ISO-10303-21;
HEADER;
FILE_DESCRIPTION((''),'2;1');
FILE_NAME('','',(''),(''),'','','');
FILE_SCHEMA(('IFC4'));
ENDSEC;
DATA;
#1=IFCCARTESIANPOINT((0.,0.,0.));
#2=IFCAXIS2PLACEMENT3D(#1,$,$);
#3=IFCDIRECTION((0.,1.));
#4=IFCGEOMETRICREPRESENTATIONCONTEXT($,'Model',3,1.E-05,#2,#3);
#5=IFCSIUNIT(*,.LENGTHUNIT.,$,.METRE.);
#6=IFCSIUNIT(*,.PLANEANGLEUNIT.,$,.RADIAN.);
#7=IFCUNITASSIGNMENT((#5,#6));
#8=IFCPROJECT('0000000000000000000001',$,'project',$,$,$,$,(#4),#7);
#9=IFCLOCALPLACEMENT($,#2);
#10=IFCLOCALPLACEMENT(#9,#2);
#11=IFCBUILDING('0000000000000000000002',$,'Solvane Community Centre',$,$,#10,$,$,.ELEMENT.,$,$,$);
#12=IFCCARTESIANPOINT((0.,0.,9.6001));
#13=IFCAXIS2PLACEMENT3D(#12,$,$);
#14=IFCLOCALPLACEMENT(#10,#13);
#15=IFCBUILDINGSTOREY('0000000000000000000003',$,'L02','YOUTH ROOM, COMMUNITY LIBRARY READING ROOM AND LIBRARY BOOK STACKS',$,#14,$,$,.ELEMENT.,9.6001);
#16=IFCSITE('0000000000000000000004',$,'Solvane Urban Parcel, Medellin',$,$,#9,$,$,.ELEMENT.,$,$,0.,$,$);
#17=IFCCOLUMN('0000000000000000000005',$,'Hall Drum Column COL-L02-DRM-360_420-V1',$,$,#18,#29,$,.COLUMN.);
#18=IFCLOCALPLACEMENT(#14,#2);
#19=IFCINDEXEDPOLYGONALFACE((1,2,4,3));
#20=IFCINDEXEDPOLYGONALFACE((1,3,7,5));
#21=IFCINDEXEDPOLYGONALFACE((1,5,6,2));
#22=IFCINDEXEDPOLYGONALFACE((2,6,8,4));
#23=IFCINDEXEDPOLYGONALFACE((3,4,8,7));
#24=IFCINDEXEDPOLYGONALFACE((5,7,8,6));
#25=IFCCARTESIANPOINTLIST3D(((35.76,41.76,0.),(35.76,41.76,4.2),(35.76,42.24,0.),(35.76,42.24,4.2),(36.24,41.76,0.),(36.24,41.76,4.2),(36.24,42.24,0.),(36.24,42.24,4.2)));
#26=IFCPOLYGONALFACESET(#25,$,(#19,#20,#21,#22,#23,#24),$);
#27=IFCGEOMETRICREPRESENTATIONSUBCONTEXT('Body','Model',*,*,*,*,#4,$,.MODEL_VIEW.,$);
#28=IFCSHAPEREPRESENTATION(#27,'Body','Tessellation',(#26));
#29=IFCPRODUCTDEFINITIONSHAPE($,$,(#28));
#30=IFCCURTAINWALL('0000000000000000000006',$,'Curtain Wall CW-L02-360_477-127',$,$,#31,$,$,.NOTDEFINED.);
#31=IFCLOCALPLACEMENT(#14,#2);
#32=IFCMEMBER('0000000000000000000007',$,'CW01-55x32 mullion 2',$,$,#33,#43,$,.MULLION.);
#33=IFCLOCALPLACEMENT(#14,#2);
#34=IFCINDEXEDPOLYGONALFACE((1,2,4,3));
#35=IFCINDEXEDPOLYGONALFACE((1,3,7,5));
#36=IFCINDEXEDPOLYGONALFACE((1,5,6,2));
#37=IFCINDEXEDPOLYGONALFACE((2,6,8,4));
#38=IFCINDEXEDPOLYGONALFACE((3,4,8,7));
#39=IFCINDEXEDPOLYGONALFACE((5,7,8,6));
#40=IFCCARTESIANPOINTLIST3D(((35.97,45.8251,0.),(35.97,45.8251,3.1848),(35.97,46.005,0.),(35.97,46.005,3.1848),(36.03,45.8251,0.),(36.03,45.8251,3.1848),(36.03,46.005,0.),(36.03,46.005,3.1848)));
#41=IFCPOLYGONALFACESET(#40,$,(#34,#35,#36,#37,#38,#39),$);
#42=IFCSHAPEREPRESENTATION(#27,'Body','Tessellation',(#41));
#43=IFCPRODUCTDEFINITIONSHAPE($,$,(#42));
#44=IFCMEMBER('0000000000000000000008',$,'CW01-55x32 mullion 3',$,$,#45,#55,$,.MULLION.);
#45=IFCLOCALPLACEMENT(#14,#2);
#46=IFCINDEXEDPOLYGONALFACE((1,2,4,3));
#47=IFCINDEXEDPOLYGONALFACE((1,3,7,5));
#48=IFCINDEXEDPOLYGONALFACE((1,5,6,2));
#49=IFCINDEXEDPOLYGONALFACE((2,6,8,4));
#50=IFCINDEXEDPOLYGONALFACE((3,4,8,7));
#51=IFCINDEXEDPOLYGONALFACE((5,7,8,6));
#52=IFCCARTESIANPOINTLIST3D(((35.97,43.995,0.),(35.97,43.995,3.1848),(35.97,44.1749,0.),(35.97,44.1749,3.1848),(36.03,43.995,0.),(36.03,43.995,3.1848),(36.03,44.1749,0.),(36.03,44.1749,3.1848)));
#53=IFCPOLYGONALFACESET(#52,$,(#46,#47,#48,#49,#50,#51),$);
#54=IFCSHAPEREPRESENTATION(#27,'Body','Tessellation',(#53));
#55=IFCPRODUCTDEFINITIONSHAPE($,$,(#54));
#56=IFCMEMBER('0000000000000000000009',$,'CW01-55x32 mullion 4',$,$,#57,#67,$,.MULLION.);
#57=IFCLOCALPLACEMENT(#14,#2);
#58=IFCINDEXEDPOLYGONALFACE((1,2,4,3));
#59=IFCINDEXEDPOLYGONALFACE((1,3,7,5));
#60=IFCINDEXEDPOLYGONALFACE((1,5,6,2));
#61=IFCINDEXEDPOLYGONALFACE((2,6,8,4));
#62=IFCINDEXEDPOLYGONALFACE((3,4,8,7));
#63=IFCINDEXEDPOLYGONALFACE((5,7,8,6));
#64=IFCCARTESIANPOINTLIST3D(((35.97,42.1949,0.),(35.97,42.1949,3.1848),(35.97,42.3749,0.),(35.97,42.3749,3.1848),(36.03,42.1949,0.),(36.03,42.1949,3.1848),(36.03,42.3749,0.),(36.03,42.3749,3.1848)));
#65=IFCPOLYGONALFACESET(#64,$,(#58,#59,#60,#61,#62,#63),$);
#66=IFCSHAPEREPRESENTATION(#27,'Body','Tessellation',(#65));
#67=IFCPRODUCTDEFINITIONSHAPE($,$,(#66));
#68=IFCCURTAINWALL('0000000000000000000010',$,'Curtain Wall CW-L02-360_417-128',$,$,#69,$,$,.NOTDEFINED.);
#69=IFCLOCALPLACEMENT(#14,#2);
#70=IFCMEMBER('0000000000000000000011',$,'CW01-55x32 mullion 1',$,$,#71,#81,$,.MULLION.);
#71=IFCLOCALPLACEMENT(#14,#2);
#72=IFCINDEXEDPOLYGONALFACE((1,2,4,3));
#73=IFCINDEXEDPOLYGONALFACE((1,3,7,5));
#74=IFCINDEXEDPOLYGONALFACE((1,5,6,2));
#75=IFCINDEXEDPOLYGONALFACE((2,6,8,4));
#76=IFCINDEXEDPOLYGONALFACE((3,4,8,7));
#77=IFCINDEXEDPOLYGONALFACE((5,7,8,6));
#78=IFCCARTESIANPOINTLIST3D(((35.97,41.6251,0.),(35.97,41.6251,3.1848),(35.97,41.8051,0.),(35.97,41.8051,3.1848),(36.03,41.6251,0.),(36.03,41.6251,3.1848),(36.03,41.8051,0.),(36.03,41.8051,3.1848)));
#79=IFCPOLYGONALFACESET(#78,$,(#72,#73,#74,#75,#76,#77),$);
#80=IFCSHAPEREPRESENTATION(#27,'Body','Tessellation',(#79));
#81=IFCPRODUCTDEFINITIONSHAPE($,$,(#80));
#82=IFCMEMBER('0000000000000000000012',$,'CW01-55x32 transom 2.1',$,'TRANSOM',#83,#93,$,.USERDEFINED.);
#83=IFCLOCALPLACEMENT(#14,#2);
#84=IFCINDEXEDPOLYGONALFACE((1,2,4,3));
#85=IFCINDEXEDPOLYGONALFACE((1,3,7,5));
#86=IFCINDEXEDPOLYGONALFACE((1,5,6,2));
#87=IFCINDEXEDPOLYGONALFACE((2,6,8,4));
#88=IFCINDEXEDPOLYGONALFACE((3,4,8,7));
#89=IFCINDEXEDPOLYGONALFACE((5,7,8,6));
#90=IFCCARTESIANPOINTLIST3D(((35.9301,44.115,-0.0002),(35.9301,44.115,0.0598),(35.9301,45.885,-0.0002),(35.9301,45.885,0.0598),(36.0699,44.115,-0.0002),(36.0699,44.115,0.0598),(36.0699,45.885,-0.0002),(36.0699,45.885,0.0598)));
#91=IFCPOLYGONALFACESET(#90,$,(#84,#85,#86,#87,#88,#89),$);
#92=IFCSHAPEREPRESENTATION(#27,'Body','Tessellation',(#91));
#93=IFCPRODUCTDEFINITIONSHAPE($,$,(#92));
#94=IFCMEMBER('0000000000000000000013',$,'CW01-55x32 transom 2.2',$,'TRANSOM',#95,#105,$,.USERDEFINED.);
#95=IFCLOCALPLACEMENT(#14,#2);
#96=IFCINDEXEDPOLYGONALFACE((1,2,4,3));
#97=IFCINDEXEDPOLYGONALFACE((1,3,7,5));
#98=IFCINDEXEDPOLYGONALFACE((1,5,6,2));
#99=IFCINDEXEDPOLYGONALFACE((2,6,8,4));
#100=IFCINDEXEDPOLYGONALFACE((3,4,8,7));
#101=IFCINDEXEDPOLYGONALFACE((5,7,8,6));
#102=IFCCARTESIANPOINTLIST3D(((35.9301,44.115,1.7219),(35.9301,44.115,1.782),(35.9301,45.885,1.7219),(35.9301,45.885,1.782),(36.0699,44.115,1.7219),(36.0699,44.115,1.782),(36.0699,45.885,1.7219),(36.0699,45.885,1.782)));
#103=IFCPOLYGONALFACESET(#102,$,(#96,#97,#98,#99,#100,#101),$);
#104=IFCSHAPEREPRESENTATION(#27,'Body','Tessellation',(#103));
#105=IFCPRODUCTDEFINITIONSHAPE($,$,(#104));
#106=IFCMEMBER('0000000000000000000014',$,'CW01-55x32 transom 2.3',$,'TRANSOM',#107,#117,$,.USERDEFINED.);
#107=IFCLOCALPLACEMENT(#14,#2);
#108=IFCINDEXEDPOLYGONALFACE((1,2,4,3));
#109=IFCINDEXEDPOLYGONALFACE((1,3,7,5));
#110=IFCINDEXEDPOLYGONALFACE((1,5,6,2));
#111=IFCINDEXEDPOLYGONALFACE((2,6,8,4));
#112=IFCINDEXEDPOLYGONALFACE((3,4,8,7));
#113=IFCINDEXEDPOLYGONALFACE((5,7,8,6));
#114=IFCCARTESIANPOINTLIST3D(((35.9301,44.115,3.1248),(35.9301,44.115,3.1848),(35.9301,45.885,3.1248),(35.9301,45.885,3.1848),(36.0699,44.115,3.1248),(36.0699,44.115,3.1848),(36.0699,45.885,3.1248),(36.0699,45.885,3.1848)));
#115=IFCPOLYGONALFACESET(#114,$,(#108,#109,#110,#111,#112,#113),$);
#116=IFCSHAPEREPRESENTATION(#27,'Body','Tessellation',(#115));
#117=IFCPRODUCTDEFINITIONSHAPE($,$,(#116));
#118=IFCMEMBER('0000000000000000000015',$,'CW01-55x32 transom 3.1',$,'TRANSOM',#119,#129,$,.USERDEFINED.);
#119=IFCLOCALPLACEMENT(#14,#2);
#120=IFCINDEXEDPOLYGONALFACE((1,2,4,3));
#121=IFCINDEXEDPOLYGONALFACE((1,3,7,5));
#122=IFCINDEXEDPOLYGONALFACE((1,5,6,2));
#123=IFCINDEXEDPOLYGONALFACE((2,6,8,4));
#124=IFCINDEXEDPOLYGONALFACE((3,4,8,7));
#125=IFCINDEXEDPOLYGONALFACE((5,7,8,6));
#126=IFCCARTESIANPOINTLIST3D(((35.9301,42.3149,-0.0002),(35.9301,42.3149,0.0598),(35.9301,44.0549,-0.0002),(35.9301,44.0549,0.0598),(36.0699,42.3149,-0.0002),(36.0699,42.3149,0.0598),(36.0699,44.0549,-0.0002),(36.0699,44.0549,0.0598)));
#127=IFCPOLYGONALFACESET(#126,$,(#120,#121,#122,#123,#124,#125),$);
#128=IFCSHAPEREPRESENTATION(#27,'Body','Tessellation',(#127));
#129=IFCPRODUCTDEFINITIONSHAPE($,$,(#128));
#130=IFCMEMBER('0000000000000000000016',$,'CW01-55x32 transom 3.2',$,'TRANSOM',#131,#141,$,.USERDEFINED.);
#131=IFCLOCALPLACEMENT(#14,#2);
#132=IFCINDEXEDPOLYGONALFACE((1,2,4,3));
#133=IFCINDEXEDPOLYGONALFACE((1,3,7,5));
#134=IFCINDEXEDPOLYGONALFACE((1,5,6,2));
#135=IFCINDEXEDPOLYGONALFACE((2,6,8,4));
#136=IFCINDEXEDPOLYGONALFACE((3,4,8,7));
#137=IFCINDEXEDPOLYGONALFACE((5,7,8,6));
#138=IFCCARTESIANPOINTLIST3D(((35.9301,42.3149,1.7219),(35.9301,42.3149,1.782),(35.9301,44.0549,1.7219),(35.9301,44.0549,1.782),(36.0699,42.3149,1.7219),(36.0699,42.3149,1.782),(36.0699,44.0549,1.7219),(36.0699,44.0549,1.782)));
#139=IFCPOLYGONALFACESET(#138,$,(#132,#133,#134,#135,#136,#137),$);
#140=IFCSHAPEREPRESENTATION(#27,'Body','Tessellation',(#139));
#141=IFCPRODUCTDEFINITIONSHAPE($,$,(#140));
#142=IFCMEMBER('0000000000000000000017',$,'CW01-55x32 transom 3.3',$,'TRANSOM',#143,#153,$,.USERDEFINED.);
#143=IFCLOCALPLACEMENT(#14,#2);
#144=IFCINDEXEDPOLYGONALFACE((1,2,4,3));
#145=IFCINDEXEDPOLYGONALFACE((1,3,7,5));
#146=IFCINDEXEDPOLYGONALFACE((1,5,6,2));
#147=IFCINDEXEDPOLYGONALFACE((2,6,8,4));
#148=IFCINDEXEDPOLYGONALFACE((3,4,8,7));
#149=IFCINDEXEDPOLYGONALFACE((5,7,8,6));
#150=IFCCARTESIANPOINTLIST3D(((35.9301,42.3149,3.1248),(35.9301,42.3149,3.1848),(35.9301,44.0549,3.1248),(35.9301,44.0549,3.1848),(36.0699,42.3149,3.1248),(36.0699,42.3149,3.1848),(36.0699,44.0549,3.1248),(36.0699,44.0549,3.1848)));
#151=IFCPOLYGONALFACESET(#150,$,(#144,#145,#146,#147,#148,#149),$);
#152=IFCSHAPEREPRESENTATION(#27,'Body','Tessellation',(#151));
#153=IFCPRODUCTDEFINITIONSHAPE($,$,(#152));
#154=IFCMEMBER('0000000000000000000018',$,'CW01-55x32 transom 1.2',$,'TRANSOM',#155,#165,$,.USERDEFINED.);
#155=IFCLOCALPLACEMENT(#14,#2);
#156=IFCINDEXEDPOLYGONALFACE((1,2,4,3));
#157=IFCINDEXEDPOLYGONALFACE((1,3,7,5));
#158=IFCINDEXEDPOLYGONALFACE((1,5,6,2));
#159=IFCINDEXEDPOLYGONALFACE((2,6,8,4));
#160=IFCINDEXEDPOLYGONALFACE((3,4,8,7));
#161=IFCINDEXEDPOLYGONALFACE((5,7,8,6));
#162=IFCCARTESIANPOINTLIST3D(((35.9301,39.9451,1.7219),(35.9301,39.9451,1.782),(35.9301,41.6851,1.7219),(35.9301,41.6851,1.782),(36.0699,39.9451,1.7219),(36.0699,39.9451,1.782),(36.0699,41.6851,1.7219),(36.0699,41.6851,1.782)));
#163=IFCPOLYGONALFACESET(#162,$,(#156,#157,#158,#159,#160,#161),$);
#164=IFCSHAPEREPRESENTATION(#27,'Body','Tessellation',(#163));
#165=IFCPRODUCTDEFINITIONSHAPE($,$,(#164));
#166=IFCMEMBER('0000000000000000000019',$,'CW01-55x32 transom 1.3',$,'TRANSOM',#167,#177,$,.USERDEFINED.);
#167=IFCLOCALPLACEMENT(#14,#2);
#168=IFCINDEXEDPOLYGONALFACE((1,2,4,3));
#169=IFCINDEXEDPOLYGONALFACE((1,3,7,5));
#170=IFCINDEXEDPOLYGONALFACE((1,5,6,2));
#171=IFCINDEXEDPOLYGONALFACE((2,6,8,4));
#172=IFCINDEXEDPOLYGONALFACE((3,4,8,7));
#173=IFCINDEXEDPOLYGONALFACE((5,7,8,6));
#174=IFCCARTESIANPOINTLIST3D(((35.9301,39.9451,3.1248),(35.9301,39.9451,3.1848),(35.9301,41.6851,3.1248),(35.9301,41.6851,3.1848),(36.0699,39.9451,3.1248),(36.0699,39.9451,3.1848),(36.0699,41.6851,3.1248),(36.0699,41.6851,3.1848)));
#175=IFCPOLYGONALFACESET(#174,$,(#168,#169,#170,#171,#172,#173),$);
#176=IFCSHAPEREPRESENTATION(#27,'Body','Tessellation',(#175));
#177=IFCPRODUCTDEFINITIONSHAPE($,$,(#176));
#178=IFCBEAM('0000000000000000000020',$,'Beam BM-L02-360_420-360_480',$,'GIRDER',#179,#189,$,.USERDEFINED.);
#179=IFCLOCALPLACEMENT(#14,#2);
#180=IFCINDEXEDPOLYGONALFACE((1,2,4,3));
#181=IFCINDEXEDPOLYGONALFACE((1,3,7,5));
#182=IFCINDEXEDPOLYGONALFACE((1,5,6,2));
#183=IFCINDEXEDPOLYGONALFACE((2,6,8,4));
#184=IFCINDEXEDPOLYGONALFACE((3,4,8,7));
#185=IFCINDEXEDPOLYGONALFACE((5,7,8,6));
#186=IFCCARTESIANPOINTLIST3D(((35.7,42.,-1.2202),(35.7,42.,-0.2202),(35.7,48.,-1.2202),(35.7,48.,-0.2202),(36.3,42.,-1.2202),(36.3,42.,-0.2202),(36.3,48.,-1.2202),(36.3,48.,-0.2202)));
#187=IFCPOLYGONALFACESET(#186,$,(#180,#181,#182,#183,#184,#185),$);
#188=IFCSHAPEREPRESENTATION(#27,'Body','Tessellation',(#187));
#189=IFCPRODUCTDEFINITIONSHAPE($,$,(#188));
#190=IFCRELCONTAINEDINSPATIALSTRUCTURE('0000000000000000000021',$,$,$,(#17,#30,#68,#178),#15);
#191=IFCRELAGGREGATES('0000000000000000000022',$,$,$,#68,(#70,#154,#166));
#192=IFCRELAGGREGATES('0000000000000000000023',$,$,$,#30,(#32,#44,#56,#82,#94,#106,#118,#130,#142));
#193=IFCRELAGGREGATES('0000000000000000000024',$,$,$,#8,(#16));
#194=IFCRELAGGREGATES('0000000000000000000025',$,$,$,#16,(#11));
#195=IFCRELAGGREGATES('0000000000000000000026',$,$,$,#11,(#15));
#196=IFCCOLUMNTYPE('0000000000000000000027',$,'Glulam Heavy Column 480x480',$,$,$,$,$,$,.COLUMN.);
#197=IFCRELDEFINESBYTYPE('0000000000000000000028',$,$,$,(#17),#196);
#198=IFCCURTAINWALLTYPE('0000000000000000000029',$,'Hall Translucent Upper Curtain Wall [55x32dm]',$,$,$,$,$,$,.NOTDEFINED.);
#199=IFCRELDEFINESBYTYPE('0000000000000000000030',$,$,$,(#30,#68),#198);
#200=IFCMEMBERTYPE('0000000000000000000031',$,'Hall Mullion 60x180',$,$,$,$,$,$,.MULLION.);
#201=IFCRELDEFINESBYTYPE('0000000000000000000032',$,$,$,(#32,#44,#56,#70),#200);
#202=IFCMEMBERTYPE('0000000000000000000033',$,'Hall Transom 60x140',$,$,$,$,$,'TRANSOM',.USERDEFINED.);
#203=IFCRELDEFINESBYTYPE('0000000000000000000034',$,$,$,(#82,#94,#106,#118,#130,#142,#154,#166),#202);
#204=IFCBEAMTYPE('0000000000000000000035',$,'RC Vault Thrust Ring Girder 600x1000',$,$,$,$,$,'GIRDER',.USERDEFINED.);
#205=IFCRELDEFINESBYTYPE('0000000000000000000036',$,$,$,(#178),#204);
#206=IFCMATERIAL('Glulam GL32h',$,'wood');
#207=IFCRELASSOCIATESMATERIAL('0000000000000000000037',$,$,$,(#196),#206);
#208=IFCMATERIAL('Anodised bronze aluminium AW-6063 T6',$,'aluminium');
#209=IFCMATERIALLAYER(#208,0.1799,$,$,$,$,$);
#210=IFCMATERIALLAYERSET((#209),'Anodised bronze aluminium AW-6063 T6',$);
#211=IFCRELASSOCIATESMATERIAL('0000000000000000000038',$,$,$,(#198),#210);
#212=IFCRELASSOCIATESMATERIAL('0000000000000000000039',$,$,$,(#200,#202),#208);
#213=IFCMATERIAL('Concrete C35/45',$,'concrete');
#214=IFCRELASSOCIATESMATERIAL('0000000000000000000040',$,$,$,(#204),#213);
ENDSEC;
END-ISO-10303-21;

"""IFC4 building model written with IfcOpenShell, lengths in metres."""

from ifc_helpers import new_model, si_unit, direction, frame, origin, origin_2d, place, context, subcontext, project, spatial, rectangle, extrude, material, layer, layer_set, material_profile, profile_set, type_object, element, aggregate, save


model = new_model("IFC4")

# Units and contexts
model_context = context("Model", 3, precision=1e-05, world=origin(), true_north=direction((0.0, 1.0)))
body_context = subcontext(model_context, "Body", "Model", "MODEL_VIEW")
ifc_project = project(units=[si_unit("LENGTHUNIT", "METRE"), si_unit("PLANEANGLEUNIT", "RADIAN")], contexts=[model_context])

# Site, building, storey
site_placement = place(None, origin())
site = spatial("IfcSite", under=ifc_project, at=site_placement, Name="Solvane Urban Parcel, Medellin", CompositionType="ELEMENT", RefElevation=0.0)
building_placement = place(site_placement, origin())
building = spatial("IfcBuilding", under=site, at=building_placement, Name="Solvane Community Centre", CompositionType="ELEMENT")
storey_placement = place(building_placement, frame((0.0, 0.0, 9.6001)))
storey = spatial("IfcBuildingStorey", under=building, at=storey_placement, Name="L02", Description="YOUTH ROOM, COMMUNITY LIBRARY READING ROOM AND LIBRARY BOOK STACKS", CompositionType="ELEMENT", Elevation=9.6001)

# Column
ifc_material_1 = material(Name="Glulam GL32h", Category="wood")
ifc_material_profile_1 = material_profile(ifc_material_1, rectangle(XDim=0.48, YDim=0.48, at=origin_2d()), Name="GL32h 480x480")
ifc_profile_set_1 = profile_set([ifc_material_profile_1], Name="Glulam GL32h")
column_type = type_object("IfcColumnType", Name="Glulam Heavy Column 480x480", PredefinedType="COLUMN", material=ifc_profile_set_1)
column_placement = place(storey_placement, frame((36.0, 42.0, 0.0), z_axis=(0.0, 0.0, 1.0), x_axis=(1.0, 0.0, 0.0)))
element("IfcColumn", 1, at=column_placement, inside=storey, type_object=column_type, Name="Hall Drum Column COL-L02-DRM-360_420-V1", PredefinedType="COLUMN", context=body_context, shape_type="SweptSolid", body=[
    extrude(rectangle(XDim=0.48, YDim=0.48, at=origin_2d()), origin(), (0.0, 0.0, 1.0), 4.2),
])

# Curtain wall, members
ifc_material_2 = material(Name="Anodised bronze aluminium AW-6063 T6", Category="aluminium")
ifc_layer_1 = layer(ifc_material_2, 0.1799)
ifc_layer_set_1 = layer_set([ifc_layer_1], Name="Anodised bronze aluminium AW-6063 T6")
curtain_wall_type = type_object("IfcCurtainWallType", Name="Hall Translucent Upper Curtain Wall [55x32dm]", PredefinedType="NOTDEFINED", material=ifc_layer_set_1)
curtain_wall_1_placement = place(storey_placement, origin())
curtain_wall_1 = element("IfcCurtainWall", 2, at=curtain_wall_1_placement, inside=storey, type_object=curtain_wall_type, Name="Curtain Wall CW-L02-360_477-127", PredefinedType="NOTDEFINED")
ifc_material_profile_2 = material_profile(ifc_material_2, rectangle(XDim=0.0601, YDim=0.1799, at=origin_2d()), Name="CW-M 60x180")
ifc_profile_set_2 = profile_set([ifc_material_profile_2], Name="Anodised bronze aluminium AW-6063 T6")
member_type_1 = type_object("IfcMemberType", Name="Hall Mullion 60x180", PredefinedType="MULLION", material=ifc_profile_set_2)
member_1_placement = place(storey_placement, frame((36.0, 45.915, 0.0), z_axis=(0.0, 0.0, 1.0), x_axis=(1.0, 0.0, 0.0)))
member_1 = element("IfcMember", 3, at=member_1_placement, type_object=member_type_1, Name="CW01-55x32 mullion 2", PredefinedType="MULLION", context=body_context, shape_type="SweptSolid", body=[
    extrude(rectangle(XDim=0.0601, YDim=0.1799, at=origin_2d()), origin(), (0.0, 0.0, 1.0), 3.1848),
])
member_2_placement = place(storey_placement, frame((36.0, 44.085, 0.0), z_axis=(0.0, 0.0, 1.0), x_axis=(1.0, 0.0, 0.0)))
member_2 = element("IfcMember", 4, at=member_2_placement, type_object=member_type_1, Name="CW01-55x32 mullion 3", PredefinedType="MULLION", context=body_context, shape_type="SweptSolid", body=[
    extrude(rectangle(XDim=0.0601, YDim=0.1799, at=origin_2d()), origin(), (0.0, 0.0, 1.0), 3.1848),
])
member_3_placement = place(storey_placement, frame((36.0, 42.2849, 0.0), z_axis=(0.0, 0.0, 1.0), x_axis=(1.0, 0.0, 0.0)))
member_3 = element("IfcMember", 5, at=member_3_placement, type_object=member_type_1, Name="CW01-55x32 mullion 4", PredefinedType="MULLION", context=body_context, shape_type="SweptSolid", body=[
    extrude(rectangle(XDim=0.0601, YDim=0.1799, at=origin_2d()), origin(), (0.0, 0.0, 1.0), 3.1848),
])

# Curtain wall, member
curtain_wall_2_placement = place(storey_placement, origin())
curtain_wall_2 = element("IfcCurtainWall", 6, at=curtain_wall_2_placement, inside=storey, type_object=curtain_wall_type, Name="Curtain Wall CW-L02-360_417-128", PredefinedType="NOTDEFINED")
member_4_placement = place(storey_placement, frame((36.0, 41.7151, 0.0), z_axis=(0.0, 0.0, 1.0), x_axis=(1.0, 0.0, 0.0)))
member_4 = element("IfcMember", 7, at=member_4_placement, type_object=member_type_1, Name="CW01-55x32 mullion 1", PredefinedType="MULLION", context=body_context, shape_type="SweptSolid", body=[
    extrude(rectangle(XDim=0.0601, YDim=0.1799, at=origin_2d()), origin(), (0.0, 0.0, 1.0), 3.1848),
])

# Members
ifc_material_profile_3 = material_profile(ifc_material_2, rectangle(XDim=0.1399, YDim=0.0601, at=origin_2d()), Name="CW-T 60x140")
ifc_profile_set_3 = profile_set([ifc_material_profile_3], Name="Anodised bronze aluminium AW-6063 T6")
member_type_2 = type_object("IfcMemberType", Name="Hall Transom 60x140", ElementType="TRANSOM", PredefinedType="USERDEFINED", material=ifc_profile_set_3)
member_5_placement = place(storey_placement, frame((36.0, 45.885, 0.0298), z_axis=(0.0, -1.0, 0.0), x_axis=(1.0, 0.0, 0.0)))
member_5 = element("IfcMember", 8, at=member_5_placement, type_object=member_type_2, Name="CW01-55x32 transom 2.1", ObjectType="TRANSOM", PredefinedType="USERDEFINED", context=body_context, shape_type="SweptSolid", body=[
    extrude(rectangle(XDim=0.1399, YDim=0.0601, at=origin_2d()), origin(), (0.0, 0.0, 1.0), 1.77),
])
member_6_placement = place(storey_placement, frame((36.0, 45.885, 1.752), z_axis=(0.0, -1.0, 0.0), x_axis=(1.0, 0.0, 0.0)))
member_6 = element("IfcMember", 9, at=member_6_placement, type_object=member_type_2, Name="CW01-55x32 transom 2.2", ObjectType="TRANSOM", PredefinedType="USERDEFINED", context=body_context, shape_type="SweptSolid", body=[
    extrude(rectangle(XDim=0.1399, YDim=0.0601, at=origin_2d()), origin(), (0.0, 0.0, 1.0), 1.77),
])
member_7_placement = place(storey_placement, frame((36.0, 45.885, 3.1548), z_axis=(0.0, -1.0, 0.0), x_axis=(1.0, 0.0, 0.0)))
member_7 = element("IfcMember", 10, at=member_7_placement, type_object=member_type_2, Name="CW01-55x32 transom 2.3", ObjectType="TRANSOM", PredefinedType="USERDEFINED", context=body_context, shape_type="SweptSolid", body=[
    extrude(rectangle(XDim=0.1399, YDim=0.0601, at=origin_2d()), origin(), (0.0, 0.0, 1.0), 1.77),
])
member_8_placement = place(storey_placement, frame((36.0, 44.0549, 0.0298), z_axis=(0.0, -1.0, 0.0), x_axis=(1.0, 0.0, 0.0)))
member_8 = element("IfcMember", 11, at=member_8_placement, type_object=member_type_2, Name="CW01-55x32 transom 3.1", ObjectType="TRANSOM", PredefinedType="USERDEFINED", context=body_context, shape_type="SweptSolid", body=[
    extrude(rectangle(XDim=0.1399, YDim=0.0601, at=origin_2d()), origin(), (0.0, 0.0, 1.0), 1.74),
])
member_9_placement = place(storey_placement, frame((36.0, 44.0549, 1.752), z_axis=(0.0, -1.0, 0.0), x_axis=(1.0, 0.0, 0.0)))
member_9 = element("IfcMember", 12, at=member_9_placement, type_object=member_type_2, Name="CW01-55x32 transom 3.2", ObjectType="TRANSOM", PredefinedType="USERDEFINED", context=body_context, shape_type="SweptSolid", body=[
    extrude(rectangle(XDim=0.1399, YDim=0.0601, at=origin_2d()), origin(), (0.0, 0.0, 1.0), 1.74),
])
member_10_placement = place(storey_placement, frame((36.0, 44.0549, 3.1548), z_axis=(0.0, -1.0, 0.0), x_axis=(1.0, 0.0, 0.0)))
member_10 = element("IfcMember", 13, at=member_10_placement, type_object=member_type_2, Name="CW01-55x32 transom 3.3", ObjectType="TRANSOM", PredefinedType="USERDEFINED", context=body_context, shape_type="SweptSolid", body=[
    extrude(rectangle(XDim=0.1399, YDim=0.0601, at=origin_2d()), origin(), (0.0, 0.0, 1.0), 1.74),
])
member_11_placement = place(storey_placement, frame((36.0, 41.6851, 1.752), z_axis=(0.0, -1.0, 0.0), x_axis=(1.0, 0.0, 0.0)))
member_11 = element("IfcMember", 14, at=member_11_placement, type_object=member_type_2, Name="CW01-55x32 transom 1.2", ObjectType="TRANSOM", PredefinedType="USERDEFINED", context=body_context, shape_type="SweptSolid", body=[
    extrude(rectangle(XDim=0.1399, YDim=0.0601, at=origin_2d()), origin(), (0.0, 0.0, 1.0), 1.74),
])
member_12_placement = place(storey_placement, frame((36.0, 41.6851, 3.1548), z_axis=(0.0, -1.0, 0.0), x_axis=(1.0, 0.0, 0.0)))
member_12 = element("IfcMember", 15, at=member_12_placement, type_object=member_type_2, Name="CW01-55x32 transom 1.3", ObjectType="TRANSOM", PredefinedType="USERDEFINED", context=body_context, shape_type="SweptSolid", body=[
    extrude(rectangle(XDim=0.1399, YDim=0.0601, at=origin_2d()), origin(), (0.0, 0.0, 1.0), 1.74),
])
aggregate(curtain_wall_2, [member_4, member_11, member_12])

# Beam
ifc_material_3 = material(Name="Concrete C35/45", Category="concrete")
ifc_material_profile_4 = material_profile(ifc_material_3, rectangle(XDim=0.6001, YDim=1.0, at=origin_2d()), Name="RC 600x1000")
ifc_profile_set_4 = profile_set([ifc_material_profile_4], Name="Concrete C35/45")
beam_type = type_object("IfcBeamType", Name="RC Vault Thrust Ring Girder 600x1000", ElementType="GIRDER", PredefinedType="USERDEFINED", material=ifc_profile_set_4)
for number, where, z_axis, x_axis, name in (
    (16, (36.0, 42.0, -0.7202), (0.0, 1.0, 0.0), (-1.0, 0.0, 0.0), "Beam BM-L02-360_420-360_480"),
):
    element("IfcBeam", number, at=place(storey_placement, frame(where, z_axis=z_axis, x_axis=x_axis)), inside=storey, type_object=beam_type, Name=name, ObjectType="GIRDER", PredefinedType="USERDEFINED", context=body_context, shape_type="SweptSolid", body=[
        extrude(rectangle(XDim=0.6001, YDim=1.0, at=origin_2d()), origin(), (0.0, 0.0, 1.0), 6.0),
    ])

aggregate(curtain_wall_1, [member_1, member_2, member_3, member_5, member_6, member_7, member_8, member_9, member_10])

save(model, "model.ifc")
